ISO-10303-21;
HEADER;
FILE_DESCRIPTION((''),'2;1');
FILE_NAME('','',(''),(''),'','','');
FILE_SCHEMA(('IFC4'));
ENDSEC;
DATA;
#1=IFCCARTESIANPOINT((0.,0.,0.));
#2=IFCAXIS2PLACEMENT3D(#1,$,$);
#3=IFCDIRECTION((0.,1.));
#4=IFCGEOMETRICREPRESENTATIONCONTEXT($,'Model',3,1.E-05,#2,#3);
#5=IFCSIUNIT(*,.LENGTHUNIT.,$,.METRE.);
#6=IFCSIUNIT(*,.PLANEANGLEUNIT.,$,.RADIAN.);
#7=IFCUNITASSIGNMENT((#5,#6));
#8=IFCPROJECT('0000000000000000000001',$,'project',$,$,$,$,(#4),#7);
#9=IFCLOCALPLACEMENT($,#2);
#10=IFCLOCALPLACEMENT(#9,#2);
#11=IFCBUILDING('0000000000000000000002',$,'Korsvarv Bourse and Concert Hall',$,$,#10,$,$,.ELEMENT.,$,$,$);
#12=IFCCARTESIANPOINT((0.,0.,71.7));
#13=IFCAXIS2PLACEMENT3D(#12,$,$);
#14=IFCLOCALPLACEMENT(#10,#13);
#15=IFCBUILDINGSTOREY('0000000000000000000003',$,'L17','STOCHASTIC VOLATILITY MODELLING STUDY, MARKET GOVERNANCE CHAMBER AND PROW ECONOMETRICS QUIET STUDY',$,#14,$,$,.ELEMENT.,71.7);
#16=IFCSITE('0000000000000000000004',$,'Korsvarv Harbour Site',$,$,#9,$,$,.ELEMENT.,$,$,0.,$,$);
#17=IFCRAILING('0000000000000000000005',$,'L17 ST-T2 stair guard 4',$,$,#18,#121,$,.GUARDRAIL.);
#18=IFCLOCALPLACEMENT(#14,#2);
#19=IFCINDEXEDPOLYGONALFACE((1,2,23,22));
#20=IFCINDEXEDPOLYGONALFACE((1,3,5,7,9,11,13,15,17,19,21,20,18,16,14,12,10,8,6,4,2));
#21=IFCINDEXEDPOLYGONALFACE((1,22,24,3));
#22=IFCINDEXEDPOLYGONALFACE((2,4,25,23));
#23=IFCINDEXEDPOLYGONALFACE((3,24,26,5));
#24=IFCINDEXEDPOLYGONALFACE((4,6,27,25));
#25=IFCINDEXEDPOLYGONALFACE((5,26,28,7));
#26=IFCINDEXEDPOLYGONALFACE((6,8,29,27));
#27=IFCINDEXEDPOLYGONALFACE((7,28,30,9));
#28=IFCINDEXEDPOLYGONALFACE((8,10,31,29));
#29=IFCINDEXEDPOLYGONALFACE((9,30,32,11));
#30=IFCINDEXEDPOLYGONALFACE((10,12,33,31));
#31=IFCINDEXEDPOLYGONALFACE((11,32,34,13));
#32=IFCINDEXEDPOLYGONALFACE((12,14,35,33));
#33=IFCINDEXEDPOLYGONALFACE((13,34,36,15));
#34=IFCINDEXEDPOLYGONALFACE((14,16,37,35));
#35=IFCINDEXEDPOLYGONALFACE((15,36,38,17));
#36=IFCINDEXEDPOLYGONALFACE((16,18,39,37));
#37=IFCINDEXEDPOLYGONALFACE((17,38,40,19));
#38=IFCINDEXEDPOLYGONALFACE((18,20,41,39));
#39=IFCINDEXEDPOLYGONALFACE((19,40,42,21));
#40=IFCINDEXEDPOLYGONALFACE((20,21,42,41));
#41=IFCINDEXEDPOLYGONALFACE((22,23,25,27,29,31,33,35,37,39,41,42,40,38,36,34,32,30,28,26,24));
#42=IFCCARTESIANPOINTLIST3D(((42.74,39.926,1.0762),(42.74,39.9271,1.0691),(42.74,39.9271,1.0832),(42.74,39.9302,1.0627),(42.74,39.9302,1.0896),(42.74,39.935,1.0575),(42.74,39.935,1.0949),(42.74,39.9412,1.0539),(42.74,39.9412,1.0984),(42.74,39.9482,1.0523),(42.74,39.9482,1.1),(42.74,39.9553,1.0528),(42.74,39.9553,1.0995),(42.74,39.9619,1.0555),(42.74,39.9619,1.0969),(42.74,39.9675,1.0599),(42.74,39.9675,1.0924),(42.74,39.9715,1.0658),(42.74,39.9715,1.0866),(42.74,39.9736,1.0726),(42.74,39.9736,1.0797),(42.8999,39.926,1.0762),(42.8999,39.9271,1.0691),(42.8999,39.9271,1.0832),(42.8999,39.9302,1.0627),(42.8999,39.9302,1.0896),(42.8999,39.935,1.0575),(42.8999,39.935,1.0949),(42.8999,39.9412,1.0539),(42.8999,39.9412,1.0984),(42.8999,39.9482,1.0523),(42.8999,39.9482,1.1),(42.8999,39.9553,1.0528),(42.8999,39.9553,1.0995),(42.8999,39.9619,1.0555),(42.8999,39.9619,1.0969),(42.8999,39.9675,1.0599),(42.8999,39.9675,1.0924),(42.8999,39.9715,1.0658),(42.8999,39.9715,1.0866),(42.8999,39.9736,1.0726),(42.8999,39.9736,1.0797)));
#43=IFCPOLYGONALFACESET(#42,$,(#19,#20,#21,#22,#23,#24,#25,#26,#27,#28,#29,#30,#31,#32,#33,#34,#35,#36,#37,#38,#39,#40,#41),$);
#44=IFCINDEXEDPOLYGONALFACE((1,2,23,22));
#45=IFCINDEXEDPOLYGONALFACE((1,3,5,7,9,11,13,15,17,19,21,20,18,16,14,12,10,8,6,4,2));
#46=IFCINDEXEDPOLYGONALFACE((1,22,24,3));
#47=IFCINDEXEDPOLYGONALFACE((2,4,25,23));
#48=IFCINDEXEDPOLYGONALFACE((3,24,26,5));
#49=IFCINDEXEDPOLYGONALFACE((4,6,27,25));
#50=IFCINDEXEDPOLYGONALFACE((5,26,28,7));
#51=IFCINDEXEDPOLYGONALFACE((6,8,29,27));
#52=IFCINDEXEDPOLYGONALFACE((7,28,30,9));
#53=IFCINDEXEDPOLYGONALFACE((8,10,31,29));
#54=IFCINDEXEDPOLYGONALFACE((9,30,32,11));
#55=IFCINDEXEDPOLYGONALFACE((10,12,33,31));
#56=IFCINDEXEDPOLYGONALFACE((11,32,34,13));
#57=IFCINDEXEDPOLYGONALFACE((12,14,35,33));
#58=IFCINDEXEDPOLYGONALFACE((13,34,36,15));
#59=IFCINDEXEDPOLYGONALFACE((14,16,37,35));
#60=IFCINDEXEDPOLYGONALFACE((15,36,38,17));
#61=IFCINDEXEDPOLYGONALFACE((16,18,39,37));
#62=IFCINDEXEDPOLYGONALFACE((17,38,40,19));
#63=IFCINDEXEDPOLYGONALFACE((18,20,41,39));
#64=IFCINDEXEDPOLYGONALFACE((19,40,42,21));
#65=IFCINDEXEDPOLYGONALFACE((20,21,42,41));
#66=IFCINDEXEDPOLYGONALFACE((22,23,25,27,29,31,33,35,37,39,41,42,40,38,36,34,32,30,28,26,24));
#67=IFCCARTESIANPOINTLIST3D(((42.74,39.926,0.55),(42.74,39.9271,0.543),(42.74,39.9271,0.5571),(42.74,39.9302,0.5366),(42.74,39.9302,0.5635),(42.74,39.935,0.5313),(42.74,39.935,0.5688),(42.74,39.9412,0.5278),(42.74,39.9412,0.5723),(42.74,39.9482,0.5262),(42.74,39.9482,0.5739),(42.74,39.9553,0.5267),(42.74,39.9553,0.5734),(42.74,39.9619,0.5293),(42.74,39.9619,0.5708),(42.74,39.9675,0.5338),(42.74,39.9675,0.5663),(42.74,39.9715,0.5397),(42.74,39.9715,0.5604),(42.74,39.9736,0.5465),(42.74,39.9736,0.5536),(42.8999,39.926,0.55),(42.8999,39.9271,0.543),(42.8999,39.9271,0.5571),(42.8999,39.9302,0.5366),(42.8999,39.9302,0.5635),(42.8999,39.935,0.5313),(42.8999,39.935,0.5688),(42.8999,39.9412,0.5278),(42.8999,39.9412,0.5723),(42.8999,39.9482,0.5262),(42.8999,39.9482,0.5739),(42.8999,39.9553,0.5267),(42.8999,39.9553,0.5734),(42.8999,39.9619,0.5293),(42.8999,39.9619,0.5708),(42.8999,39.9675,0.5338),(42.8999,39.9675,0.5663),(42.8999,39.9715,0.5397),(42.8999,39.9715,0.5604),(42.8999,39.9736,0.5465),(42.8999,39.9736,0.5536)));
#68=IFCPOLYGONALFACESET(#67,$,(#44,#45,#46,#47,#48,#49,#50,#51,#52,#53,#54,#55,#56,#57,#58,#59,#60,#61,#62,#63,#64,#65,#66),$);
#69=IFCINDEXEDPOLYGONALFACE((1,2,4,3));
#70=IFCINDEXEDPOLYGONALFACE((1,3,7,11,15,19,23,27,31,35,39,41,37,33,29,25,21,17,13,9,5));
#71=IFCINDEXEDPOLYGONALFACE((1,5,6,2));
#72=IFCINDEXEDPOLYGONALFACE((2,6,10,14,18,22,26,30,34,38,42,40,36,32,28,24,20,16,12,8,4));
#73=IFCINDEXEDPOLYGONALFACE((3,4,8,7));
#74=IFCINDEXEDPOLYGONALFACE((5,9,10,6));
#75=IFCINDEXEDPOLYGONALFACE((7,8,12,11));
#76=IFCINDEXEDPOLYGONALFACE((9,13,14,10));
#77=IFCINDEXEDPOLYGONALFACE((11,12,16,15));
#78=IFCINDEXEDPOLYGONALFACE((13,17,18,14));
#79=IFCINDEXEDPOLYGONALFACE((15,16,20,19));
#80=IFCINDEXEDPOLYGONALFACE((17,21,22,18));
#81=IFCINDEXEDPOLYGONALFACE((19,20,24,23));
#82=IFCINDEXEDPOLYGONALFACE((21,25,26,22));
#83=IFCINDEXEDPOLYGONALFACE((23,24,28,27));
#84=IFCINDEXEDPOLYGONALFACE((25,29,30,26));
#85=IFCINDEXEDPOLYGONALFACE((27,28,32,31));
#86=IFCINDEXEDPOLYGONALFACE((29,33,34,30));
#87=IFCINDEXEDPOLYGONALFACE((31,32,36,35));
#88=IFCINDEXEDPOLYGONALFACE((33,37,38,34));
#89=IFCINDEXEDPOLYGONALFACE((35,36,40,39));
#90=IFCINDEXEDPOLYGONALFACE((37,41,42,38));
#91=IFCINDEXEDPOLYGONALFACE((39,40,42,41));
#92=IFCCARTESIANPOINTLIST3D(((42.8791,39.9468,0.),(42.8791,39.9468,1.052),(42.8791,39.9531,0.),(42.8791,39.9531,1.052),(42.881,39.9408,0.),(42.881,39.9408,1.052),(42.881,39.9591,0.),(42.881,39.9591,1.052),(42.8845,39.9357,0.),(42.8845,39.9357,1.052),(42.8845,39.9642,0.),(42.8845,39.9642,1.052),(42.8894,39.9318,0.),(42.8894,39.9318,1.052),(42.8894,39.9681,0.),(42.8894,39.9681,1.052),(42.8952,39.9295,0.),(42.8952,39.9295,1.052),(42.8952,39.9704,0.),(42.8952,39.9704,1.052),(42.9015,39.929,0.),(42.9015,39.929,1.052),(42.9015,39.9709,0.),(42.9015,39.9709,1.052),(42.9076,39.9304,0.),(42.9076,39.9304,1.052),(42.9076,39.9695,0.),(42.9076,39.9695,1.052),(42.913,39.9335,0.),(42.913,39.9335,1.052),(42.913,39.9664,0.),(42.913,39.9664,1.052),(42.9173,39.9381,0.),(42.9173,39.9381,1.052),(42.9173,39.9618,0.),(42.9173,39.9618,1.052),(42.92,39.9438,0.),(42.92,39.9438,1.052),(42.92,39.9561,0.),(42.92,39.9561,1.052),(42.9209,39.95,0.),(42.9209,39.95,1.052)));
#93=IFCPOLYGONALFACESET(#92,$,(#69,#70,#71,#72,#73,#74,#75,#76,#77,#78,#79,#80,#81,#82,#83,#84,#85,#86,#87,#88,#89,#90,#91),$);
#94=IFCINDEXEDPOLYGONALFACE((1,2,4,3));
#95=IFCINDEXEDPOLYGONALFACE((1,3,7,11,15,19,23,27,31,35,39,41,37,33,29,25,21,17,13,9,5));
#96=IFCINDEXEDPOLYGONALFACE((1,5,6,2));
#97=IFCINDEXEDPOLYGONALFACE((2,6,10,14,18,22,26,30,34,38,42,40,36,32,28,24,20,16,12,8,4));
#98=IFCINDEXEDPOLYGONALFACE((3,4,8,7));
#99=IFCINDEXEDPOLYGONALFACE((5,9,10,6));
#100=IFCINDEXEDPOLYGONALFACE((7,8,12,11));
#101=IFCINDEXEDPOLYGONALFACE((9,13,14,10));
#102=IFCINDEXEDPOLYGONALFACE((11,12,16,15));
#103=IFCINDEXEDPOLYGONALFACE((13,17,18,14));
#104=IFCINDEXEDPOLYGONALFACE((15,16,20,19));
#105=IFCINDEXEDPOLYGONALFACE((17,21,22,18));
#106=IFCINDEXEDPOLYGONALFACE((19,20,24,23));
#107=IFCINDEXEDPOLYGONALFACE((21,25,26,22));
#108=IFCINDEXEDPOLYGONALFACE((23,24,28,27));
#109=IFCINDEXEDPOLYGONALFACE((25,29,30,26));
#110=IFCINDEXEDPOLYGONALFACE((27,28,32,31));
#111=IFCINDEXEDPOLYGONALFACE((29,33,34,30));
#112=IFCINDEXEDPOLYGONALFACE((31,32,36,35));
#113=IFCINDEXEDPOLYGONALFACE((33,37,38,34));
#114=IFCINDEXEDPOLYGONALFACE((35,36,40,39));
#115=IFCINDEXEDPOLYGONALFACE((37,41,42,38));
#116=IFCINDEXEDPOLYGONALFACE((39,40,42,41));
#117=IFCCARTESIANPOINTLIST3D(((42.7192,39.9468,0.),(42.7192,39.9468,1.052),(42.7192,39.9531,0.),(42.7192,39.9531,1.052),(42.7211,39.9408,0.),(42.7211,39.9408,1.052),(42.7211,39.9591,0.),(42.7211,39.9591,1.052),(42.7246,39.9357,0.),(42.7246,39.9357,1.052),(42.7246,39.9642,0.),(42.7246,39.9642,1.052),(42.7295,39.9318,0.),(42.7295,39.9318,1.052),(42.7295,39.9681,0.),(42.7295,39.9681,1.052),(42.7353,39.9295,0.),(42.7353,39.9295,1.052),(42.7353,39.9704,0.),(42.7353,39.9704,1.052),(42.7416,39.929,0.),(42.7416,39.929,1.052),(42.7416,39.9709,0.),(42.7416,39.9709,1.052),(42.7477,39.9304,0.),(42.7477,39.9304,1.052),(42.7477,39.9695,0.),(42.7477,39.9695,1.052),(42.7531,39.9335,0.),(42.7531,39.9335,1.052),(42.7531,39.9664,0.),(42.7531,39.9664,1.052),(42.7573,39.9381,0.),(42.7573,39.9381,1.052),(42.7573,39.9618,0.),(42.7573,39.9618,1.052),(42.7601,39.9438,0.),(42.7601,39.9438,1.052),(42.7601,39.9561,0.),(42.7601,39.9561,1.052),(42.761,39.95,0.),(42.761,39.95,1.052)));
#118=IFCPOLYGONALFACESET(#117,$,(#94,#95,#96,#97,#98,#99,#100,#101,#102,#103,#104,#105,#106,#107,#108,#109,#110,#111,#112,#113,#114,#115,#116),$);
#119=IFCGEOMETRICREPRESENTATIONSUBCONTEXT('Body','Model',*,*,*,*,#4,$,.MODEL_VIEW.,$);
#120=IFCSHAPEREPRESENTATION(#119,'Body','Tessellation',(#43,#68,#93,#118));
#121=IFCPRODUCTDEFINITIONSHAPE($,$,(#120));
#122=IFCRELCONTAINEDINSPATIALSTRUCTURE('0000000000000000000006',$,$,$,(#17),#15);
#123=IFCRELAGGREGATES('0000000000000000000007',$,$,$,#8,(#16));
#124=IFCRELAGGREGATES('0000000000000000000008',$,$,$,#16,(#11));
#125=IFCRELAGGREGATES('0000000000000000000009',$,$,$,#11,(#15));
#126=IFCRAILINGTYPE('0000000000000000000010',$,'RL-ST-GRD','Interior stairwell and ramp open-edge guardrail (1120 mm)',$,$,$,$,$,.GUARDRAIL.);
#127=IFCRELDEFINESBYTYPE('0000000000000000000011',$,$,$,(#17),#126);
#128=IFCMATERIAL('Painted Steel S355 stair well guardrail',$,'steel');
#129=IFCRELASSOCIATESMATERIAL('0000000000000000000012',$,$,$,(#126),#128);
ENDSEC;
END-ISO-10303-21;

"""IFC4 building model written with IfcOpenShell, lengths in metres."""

from ifc_helpers import new_model, si_unit, direction, frame, origin, origin_2d, place, context, subcontext, project, spatial, circle, extrude, material, type_object, element, save


model = new_model("IFC4")

# Units and contexts
model_context = context("Model", 3, precision=1e-05, world=origin(), true_north=direction((0.0, 1.0)))
body_context = subcontext(model_context, "Body", "Model", "MODEL_VIEW")
ifc_project = project(units=[si_unit("LENGTHUNIT", "METRE"), si_unit("PLANEANGLEUNIT", "RADIAN")], contexts=[model_context])

# Site, building, storey
site_placement = place(None, origin())
site = spatial("IfcSite", under=ifc_project, at=site_placement, Name="Korsvarv Harbour Site", CompositionType="ELEMENT", RefElevation=0.0)
building_placement = place(site_placement, origin())
building = spatial("IfcBuilding", under=site, at=building_placement, Name="Korsvarv Bourse and Concert Hall", CompositionType="ELEMENT")
storey_placement = place(building_placement, frame((0.0, 0.0, 71.7)))
storey = spatial("IfcBuildingStorey", under=building, at=storey_placement, Name="L17", Description="STOCHASTIC VOLATILITY MODELLING STUDY, MARKET GOVERNANCE CHAMBER AND PROW ECONOMETRICS QUIET STUDY", CompositionType="ELEMENT", Elevation=71.7)

# Railing
ifc_material_1 = material(Name="Painted Steel S355 stair well guardrail", Category="steel")
railing_type_1 = type_object("IfcRailingType", Name="RL-ST-GRD", Description="Interior stairwell and ramp open-edge guardrail (1120 mm)", PredefinedType="GUARDRAIL", material=ifc_material_1)
railing_1_placement = place(storey_placement, frame((42.8999, 39.95, 0.0)))
element("IfcRailing", 1, at=railing_1_placement, inside=storey, type_object=railing_type_1, Name="L17 ST-T2 stair guard 4", PredefinedType="GUARDRAIL", context=body_context, shape_type="SweptSolid", body=[
    extrude(circle(Radius=0.0239, at=origin_2d()), frame((0.0, 0.0, 1.0762), z_axis=(-1.0, 0.0, 0.0), x_axis=(0.0, -1.0, 0.0)), (0.0, 0.0, 1.0), 0.1599),
    extrude(circle(Radius=0.0239, at=origin_2d()), frame((0.0, 0.0, 0.55), z_axis=(-1.0, 0.0, 0.0), x_axis=(0.0, -1.0, 0.0)), (0.0, 0.0, 1.0), 0.1599),
    extrude(circle(Radius=0.021, at=origin_2d()), origin(), (0.0, 0.0, 1.0), 1.052),
    extrude(circle(Radius=0.021, at=origin_2d()), frame((-0.1599, 0.0, 0.0)), (0.0, 0.0, 1.0), 1.052),
])

save(model, "model.ifc")
